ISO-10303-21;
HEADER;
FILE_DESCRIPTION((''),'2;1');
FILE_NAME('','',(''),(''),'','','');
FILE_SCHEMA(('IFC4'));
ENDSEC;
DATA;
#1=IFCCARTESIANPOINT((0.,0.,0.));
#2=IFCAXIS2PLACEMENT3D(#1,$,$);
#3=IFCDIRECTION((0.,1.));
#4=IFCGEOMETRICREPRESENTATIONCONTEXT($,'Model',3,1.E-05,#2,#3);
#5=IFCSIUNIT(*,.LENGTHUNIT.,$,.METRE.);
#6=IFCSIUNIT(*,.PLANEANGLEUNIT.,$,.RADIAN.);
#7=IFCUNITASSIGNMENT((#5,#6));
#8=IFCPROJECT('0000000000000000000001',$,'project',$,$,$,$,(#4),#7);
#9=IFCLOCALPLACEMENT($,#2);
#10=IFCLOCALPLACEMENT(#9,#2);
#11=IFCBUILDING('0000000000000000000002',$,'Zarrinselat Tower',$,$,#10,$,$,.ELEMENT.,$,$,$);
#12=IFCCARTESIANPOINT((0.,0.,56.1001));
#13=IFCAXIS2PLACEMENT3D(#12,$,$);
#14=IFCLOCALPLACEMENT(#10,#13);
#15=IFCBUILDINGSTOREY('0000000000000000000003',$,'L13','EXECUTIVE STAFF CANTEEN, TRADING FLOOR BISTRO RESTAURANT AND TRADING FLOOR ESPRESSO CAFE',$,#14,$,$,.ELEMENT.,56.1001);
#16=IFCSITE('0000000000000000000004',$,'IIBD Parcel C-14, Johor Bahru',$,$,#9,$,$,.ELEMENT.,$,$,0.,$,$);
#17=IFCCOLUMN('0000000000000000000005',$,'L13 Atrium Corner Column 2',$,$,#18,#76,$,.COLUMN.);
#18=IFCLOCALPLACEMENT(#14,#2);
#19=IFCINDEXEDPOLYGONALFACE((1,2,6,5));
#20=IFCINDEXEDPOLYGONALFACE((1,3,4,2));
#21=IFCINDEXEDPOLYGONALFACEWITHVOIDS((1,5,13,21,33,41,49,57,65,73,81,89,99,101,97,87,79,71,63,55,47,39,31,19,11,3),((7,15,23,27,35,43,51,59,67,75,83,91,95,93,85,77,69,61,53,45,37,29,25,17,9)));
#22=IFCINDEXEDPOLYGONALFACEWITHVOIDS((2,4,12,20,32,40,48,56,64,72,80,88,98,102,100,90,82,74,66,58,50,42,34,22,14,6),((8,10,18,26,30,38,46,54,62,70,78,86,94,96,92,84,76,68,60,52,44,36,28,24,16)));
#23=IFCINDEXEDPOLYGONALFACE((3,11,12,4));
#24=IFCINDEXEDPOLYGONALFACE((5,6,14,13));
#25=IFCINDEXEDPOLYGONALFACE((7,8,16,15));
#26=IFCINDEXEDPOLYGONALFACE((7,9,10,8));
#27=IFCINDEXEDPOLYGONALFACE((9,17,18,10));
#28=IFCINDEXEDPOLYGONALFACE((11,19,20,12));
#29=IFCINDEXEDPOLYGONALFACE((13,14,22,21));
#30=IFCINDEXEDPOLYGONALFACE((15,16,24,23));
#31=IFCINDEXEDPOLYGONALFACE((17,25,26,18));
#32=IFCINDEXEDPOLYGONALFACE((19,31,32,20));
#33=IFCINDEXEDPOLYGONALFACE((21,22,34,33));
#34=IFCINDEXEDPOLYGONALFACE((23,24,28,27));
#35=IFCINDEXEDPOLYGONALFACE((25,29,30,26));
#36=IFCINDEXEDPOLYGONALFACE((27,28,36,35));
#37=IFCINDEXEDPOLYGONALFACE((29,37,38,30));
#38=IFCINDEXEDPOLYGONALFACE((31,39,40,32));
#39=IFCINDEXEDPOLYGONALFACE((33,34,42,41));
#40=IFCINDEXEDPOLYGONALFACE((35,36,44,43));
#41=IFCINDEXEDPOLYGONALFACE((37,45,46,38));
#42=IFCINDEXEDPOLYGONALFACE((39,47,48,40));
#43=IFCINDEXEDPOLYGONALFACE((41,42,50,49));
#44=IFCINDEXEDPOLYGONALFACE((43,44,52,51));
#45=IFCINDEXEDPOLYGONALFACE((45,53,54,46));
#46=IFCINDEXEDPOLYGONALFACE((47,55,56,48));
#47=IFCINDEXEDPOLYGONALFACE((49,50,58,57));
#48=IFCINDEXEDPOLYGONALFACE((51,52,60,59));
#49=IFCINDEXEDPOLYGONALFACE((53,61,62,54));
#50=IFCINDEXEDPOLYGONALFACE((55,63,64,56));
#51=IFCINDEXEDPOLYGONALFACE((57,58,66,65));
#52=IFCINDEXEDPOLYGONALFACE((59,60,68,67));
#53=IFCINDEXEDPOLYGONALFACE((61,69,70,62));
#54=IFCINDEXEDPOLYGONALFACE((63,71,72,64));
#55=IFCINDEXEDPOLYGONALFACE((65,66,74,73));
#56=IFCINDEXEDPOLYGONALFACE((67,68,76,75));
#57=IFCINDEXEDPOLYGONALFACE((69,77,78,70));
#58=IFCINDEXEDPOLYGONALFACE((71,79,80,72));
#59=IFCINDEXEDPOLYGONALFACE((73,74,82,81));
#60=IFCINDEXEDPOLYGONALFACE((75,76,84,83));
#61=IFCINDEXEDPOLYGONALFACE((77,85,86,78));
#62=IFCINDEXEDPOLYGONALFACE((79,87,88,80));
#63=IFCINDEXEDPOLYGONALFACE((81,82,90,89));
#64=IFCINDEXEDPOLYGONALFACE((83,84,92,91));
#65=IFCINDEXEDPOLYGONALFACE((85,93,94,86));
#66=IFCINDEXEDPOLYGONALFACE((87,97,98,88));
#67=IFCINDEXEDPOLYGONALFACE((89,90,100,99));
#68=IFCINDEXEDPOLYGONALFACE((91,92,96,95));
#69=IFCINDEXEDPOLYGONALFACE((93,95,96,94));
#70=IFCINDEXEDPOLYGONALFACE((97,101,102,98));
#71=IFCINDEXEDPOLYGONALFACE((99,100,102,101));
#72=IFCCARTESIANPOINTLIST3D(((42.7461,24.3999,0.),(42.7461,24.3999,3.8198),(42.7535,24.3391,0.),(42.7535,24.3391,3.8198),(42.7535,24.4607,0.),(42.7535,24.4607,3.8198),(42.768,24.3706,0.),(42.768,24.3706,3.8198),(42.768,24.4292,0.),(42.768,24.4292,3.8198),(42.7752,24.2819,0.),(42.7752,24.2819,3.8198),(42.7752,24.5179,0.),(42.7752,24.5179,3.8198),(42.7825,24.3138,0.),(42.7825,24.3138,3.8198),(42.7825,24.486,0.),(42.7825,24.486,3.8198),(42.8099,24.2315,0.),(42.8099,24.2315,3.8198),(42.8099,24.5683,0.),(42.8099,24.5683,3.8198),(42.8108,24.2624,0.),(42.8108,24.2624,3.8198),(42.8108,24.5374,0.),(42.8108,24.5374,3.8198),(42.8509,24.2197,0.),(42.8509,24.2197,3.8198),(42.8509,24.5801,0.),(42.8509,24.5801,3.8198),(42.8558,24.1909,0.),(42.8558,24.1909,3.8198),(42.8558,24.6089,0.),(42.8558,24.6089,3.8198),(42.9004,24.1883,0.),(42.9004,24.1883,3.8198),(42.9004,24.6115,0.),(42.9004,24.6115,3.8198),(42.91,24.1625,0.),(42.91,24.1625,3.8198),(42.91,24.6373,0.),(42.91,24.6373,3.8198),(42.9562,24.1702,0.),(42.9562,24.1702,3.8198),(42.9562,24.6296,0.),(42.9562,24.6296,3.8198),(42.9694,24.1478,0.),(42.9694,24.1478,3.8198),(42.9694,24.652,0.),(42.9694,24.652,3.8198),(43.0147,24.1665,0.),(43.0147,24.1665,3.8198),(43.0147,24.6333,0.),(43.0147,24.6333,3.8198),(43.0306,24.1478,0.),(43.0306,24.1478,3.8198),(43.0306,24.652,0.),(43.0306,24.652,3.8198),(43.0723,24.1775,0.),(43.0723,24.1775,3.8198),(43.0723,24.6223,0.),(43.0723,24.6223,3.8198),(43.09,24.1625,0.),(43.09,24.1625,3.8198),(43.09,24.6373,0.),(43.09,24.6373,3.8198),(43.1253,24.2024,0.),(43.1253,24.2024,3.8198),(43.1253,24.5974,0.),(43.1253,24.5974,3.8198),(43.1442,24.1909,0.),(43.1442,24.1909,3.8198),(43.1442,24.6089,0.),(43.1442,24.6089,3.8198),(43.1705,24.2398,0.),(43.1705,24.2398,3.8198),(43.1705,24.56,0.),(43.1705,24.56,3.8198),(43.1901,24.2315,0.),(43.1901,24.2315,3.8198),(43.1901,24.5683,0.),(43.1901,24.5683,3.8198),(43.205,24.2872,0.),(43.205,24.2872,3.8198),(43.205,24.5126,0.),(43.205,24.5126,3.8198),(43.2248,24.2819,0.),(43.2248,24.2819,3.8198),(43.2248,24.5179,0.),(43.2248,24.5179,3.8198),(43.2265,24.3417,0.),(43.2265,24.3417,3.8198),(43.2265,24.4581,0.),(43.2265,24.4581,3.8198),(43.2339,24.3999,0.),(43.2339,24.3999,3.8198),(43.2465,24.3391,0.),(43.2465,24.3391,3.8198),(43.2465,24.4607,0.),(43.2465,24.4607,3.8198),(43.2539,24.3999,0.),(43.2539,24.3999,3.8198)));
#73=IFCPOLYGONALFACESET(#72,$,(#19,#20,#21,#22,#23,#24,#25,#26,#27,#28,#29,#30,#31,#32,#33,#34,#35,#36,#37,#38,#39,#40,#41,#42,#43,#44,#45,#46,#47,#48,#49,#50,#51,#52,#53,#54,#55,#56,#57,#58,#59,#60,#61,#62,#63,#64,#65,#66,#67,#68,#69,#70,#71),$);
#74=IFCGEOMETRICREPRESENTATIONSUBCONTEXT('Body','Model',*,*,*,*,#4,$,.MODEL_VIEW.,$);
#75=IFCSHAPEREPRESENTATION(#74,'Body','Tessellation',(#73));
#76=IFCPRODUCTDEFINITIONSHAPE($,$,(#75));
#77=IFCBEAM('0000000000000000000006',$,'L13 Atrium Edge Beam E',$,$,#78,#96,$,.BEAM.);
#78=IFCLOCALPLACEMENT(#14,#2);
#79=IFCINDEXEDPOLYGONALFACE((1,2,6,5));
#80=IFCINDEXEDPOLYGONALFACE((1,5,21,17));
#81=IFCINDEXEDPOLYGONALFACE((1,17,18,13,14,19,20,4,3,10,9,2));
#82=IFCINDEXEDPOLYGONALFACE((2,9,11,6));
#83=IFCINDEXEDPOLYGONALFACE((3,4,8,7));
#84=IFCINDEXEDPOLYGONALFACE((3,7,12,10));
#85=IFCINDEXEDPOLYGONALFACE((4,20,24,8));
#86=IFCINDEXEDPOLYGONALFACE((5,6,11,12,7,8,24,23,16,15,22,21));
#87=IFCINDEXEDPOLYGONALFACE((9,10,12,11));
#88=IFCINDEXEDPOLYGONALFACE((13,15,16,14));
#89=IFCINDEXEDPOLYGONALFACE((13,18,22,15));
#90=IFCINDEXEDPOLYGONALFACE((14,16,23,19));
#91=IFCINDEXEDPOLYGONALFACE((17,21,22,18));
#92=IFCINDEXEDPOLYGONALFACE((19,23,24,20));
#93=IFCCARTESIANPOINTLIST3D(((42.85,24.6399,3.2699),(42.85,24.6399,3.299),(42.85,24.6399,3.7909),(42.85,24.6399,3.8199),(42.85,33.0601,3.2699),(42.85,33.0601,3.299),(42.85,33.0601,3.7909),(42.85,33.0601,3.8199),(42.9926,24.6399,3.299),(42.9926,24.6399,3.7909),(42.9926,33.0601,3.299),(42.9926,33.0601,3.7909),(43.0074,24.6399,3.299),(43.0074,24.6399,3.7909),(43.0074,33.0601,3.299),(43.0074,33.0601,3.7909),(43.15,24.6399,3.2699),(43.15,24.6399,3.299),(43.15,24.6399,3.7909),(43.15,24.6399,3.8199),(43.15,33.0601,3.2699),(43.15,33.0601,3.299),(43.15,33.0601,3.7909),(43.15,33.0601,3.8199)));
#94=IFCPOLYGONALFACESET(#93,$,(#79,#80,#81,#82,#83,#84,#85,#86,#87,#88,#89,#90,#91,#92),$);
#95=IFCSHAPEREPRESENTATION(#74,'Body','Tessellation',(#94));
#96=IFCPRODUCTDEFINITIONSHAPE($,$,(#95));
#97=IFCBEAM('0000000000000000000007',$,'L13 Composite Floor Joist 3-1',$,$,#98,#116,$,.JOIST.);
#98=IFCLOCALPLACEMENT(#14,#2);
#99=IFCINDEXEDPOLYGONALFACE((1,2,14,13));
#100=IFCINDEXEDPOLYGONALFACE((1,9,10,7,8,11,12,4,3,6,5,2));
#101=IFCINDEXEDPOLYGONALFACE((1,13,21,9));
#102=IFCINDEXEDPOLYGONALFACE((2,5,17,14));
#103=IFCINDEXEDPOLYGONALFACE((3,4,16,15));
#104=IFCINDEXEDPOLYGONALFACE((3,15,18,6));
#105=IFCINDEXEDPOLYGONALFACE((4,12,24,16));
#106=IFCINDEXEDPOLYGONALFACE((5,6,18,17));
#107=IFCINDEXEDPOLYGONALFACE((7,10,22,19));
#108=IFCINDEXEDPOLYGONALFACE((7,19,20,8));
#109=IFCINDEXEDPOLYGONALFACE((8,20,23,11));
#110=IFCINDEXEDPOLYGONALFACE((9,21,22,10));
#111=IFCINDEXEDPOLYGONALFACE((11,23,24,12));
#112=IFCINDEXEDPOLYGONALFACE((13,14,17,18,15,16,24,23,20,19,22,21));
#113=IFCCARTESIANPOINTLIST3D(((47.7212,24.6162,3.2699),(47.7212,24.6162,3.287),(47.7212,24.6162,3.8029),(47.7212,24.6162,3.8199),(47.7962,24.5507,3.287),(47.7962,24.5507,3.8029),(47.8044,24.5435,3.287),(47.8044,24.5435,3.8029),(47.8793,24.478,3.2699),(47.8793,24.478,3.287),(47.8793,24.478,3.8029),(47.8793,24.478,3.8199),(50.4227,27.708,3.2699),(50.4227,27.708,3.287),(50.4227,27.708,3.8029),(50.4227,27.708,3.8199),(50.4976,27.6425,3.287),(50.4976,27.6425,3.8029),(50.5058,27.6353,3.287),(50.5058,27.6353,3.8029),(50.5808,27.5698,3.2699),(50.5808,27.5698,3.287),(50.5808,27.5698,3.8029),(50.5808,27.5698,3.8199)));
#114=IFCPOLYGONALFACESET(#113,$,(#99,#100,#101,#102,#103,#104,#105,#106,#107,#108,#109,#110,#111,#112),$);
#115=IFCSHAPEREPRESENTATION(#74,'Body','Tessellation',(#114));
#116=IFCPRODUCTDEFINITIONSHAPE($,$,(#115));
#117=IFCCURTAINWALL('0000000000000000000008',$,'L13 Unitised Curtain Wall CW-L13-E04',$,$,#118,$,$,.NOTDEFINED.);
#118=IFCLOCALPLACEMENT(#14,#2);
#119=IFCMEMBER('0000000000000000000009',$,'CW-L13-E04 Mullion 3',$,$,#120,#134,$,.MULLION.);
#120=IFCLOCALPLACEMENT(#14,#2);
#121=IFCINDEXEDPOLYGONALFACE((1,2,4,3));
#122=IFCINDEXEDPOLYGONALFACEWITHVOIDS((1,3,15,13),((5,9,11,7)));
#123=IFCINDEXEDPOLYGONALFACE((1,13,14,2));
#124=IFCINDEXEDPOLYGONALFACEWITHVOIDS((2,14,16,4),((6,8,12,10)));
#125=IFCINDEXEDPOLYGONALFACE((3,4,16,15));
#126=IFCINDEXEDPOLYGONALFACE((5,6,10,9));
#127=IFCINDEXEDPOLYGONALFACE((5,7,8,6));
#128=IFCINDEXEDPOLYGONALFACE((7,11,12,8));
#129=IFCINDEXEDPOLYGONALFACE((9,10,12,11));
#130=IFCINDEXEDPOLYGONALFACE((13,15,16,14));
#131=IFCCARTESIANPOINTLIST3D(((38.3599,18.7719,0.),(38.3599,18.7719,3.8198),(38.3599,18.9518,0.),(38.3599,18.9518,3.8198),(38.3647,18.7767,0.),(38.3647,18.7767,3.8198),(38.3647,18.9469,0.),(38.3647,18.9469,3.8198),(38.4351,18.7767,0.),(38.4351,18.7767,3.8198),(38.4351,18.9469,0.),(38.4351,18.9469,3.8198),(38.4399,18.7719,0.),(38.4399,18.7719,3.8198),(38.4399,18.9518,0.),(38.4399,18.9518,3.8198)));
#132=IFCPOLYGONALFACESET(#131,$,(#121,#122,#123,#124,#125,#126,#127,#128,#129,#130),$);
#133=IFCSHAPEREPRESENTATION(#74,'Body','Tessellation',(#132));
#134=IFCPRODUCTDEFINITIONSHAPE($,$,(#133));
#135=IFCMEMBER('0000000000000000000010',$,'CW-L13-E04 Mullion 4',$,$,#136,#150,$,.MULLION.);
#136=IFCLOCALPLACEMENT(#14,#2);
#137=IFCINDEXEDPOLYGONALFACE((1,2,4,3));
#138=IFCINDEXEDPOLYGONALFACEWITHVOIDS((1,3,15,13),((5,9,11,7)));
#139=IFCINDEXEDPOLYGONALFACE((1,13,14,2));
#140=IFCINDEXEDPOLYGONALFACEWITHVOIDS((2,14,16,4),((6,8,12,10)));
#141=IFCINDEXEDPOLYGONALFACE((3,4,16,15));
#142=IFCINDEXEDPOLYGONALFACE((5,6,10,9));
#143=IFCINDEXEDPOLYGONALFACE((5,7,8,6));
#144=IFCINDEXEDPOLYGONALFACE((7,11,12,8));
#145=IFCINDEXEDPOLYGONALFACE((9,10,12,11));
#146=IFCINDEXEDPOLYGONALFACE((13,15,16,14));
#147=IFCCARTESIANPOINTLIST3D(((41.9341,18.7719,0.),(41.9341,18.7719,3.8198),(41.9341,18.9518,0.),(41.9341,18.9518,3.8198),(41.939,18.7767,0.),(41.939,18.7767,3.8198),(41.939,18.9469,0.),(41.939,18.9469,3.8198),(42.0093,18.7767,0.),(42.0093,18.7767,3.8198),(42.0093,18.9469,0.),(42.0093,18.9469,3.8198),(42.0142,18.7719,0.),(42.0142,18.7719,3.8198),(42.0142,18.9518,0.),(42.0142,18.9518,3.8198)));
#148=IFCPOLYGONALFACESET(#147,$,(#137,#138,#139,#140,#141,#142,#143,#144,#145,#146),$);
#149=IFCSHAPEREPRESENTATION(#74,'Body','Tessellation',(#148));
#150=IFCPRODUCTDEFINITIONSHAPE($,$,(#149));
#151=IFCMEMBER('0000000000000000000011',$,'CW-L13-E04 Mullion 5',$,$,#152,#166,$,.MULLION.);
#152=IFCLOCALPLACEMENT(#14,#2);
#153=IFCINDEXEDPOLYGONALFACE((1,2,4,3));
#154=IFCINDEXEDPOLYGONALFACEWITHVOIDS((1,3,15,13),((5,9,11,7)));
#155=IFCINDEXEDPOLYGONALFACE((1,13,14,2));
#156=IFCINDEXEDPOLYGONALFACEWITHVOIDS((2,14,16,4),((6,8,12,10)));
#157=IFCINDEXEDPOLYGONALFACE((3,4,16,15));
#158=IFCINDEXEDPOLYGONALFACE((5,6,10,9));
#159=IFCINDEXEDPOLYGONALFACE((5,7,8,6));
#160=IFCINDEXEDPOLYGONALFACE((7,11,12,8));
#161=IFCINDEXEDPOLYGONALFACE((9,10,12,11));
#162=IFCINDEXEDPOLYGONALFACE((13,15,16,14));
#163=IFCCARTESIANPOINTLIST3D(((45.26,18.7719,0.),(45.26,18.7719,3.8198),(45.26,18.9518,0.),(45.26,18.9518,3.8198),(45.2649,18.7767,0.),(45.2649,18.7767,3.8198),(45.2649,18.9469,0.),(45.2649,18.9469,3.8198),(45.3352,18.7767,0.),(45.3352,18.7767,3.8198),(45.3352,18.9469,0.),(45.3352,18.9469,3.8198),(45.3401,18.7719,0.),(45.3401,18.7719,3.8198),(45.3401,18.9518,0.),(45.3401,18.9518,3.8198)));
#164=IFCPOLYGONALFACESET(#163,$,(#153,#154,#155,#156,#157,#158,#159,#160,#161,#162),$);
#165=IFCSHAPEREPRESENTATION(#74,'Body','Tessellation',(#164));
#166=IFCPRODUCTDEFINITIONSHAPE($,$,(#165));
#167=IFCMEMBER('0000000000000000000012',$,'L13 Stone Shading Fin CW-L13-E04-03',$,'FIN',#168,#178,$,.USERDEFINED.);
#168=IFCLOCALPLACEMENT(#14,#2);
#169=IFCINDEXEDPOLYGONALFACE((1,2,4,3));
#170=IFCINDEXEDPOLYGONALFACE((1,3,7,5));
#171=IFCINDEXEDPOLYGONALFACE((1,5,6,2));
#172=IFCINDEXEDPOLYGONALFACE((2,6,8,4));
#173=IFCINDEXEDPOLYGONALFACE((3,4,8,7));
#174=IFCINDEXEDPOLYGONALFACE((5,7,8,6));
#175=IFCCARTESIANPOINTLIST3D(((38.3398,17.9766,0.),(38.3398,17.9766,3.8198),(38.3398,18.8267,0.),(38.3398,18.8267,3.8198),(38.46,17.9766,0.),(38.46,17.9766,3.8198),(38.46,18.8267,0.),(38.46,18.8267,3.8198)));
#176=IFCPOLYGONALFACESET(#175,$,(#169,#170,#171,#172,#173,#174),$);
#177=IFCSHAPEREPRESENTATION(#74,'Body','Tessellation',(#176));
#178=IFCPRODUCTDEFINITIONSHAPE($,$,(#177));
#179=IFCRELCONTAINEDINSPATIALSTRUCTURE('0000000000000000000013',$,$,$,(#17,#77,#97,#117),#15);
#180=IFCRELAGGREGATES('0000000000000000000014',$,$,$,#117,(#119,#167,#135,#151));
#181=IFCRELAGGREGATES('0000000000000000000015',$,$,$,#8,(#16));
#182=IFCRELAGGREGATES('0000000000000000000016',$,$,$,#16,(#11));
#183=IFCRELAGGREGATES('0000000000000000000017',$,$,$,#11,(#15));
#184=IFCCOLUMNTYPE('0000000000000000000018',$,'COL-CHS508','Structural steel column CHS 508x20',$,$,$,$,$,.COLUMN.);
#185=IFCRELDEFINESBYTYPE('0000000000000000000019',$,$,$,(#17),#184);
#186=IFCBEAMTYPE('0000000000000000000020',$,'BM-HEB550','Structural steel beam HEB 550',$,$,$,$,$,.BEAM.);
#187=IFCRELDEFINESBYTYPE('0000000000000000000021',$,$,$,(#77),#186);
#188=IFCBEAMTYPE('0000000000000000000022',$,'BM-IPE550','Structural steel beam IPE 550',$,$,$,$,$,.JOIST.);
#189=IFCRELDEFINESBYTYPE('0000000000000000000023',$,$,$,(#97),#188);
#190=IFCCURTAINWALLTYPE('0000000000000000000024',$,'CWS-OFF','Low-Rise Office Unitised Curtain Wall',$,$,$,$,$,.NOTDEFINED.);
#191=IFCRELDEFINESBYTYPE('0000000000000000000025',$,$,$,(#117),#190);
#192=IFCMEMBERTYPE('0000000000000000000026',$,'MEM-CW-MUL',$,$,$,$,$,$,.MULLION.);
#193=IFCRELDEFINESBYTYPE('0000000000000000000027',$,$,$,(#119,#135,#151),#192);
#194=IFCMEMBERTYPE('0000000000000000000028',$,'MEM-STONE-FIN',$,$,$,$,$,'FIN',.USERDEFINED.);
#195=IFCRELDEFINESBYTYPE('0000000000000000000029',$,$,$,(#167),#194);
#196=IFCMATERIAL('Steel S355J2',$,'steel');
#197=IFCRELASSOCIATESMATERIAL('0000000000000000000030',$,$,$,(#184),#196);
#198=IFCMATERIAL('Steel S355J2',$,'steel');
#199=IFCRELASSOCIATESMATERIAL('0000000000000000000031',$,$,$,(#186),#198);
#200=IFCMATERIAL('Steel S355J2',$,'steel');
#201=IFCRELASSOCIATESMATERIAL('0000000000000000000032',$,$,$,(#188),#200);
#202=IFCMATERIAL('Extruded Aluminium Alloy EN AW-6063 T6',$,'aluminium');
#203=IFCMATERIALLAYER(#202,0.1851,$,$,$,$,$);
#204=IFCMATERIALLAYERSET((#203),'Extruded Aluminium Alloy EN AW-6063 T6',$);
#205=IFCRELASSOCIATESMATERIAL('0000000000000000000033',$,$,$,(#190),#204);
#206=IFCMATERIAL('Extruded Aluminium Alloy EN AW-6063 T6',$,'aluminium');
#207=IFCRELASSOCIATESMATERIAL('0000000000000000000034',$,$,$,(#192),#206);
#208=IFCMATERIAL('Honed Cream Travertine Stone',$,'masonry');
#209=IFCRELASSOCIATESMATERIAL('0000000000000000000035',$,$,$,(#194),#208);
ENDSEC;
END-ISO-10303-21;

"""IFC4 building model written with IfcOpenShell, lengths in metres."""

from ifc_helpers import new_model, si_unit, direction, frame, origin, origin_2d, place, context, subcontext, project, spatial, rectangle, hollow_rectangle, hollow_circle, i_section, extrude, material, layer, layer_set, material_profile, profile_set, type_object, element, aggregate, save


model = new_model("IFC4")

# Units and contexts
model_context = context("Model", 3, precision=1e-05, world=origin(), true_north=direction((0.0, 1.0)))
body_context = subcontext(model_context, "Body", "Model", "MODEL_VIEW")
ifc_project = project(units=[si_unit("LENGTHUNIT", "METRE"), si_unit("PLANEANGLEUNIT", "RADIAN")], contexts=[model_context])

# Site, building, storey
site_placement = place(None, origin())
site = spatial("IfcSite", under=ifc_project, at=site_placement, Name="IIBD Parcel C-14, Johor Bahru", CompositionType="ELEMENT", RefElevation=0.0)
building_placement = place(site_placement, origin())
building = spatial("IfcBuilding", under=site, at=building_placement, Name="Zarrinselat Tower", CompositionType="ELEMENT")
storey_placement = place(building_placement, frame((0.0, 0.0, 56.1001)))
storey = spatial("IfcBuildingStorey", under=building, at=storey_placement, Name="L13", Description="EXECUTIVE STAFF CANTEEN, TRADING FLOOR BISTRO RESTAURANT AND TRADING FLOOR ESPRESSO CAFE", CompositionType="ELEMENT", Elevation=56.1001)

# Column
ifc_material_1 = material(Name="Steel S355J2", Category="steel")
ifc_material_profile_1 = material_profile(ifc_material_1, hollow_circle(Radius=0.2539, WallThickness=0.02, at=origin_2d()), Name="CHS 508x20")
ifc_profile_set_1 = profile_set([ifc_material_profile_1], Name="Steel S355J2")
column_type = type_object("IfcColumnType", Name="COL-CHS508", Description="Structural steel column CHS 508x20", PredefinedType="COLUMN", material=ifc_profile_set_1)
column_placement = place(storey_placement, frame((43.0, 24.3999, 0.0), z_axis=(0.0, 0.0, 1.0), x_axis=(1.0, 0.0, 0.0)))
element("IfcColumn", 1, at=column_placement, inside=storey, type_object=column_type, Name="L13 Atrium Corner Column 2", PredefinedType="COLUMN", context=body_context, shape_type="SweptSolid", body=[
    extrude(hollow_circle(Radius=0.2539, WallThickness=0.02, at=origin_2d()), origin(), (0.0, 0.0, 1.0), 3.8198),
])

# Beams
ifc_material_2 = material(Name="Steel S355J2", Category="steel")
ifc_material_profile_2 = material_profile(ifc_material_2, i_section(OverallWidth=0.3, OverallDepth=0.55, WebThickness=0.0149, FlangeThickness=0.0291, at=origin_2d()), Name="HEB 550")
ifc_profile_set_2 = profile_set([ifc_material_profile_2], Name="Steel S355J2")
beam_type_1 = type_object("IfcBeamType", Name="BM-HEB550", Description="Structural steel beam HEB 550", PredefinedType="BEAM", material=ifc_profile_set_2)
beam_1_placement = place(storey_placement, frame((43.0, 24.6399, 3.5449), z_axis=(0.0, 1.0, 0.0), x_axis=(-1.0, 0.0, 0.0)))
element("IfcBeam", 2, at=beam_1_placement, inside=storey, type_object=beam_type_1, Name="L13 Atrium Edge Beam E", PredefinedType="BEAM", context=body_context, shape_type="SweptSolid", body=[
    extrude(i_section(OverallWidth=0.3, OverallDepth=0.55, WebThickness=0.0149, FlangeThickness=0.0291, at=origin_2d()), origin(), (0.0, 0.0, 1.0), 8.4202),
])
ifc_material_3 = material(Name="Steel S355J2", Category="steel")
ifc_material_profile_3 = material_profile(ifc_material_3, i_section(OverallWidth=0.21, OverallDepth=0.55, WebThickness=0.011, FlangeThickness=0.0171, at=origin_2d()), Name="IPE 550")
ifc_profile_set_3 = profile_set([ifc_material_profile_3], Name="Steel S355J2")
beam_type_2 = type_object("IfcBeamType", Name="BM-IPE550", Description="Structural steel beam IPE 550", PredefinedType="JOIST", material=ifc_profile_set_3)
beam_2_placement = place(storey_placement, frame((47.8003, 24.5471, 3.5449), z_axis=(0.657966, 0.753048, 0.0), x_axis=(-0.753048, 0.657966, 0.0)))
element("IfcBeam", 3, at=beam_2_placement, inside=storey, type_object=beam_type_2, Name="L13 Composite Floor Joist 3-1", PredefinedType="JOIST", context=body_context, shape_type="SweptSolid", body=[
    extrude(i_section(OverallWidth=0.21, OverallDepth=0.55, WebThickness=0.011, FlangeThickness=0.0171, at=origin_2d()), origin(), (0.0, 0.0, 1.0), 4.1057),
])

# Curtain wall, members
ifc_material_4 = material(Name="Extruded Aluminium Alloy EN AW-6063 T6", Category="aluminium")
ifc_layer_1 = layer(ifc_material_4, 0.1851)
ifc_layer_set_1 = layer_set([ifc_layer_1], Name="Extruded Aluminium Alloy EN AW-6063 T6")
curtain_wall_type = type_object("IfcCurtainWallType", Name="CWS-OFF", Description="Low-Rise Office Unitised Curtain Wall", PredefinedType="NOTDEFINED", material=ifc_layer_set_1)
curtain_wall_placement = place(storey_placement, origin())
curtain_wall = element("IfcCurtainWall", 4, at=curtain_wall_placement, inside=storey, type_object=curtain_wall_type, Name="L13 Unitised Curtain Wall CW-L13-E04", PredefinedType="NOTDEFINED")
ifc_material_5 = material(Name="Extruded Aluminium Alloy EN AW-6063 T6", Category="aluminium")
ifc_material_profile_4 = material_profile(ifc_material_5, hollow_rectangle(XDim=0.0801, YDim=0.1799, WallThickness=0.0049, at=origin_2d()), Name="RHS 180x80x5")
ifc_profile_set_4 = profile_set([ifc_material_profile_4], Name="Extruded Aluminium Alloy EN AW-6063 T6")
member_type_1 = type_object("IfcMemberType", Name="MEM-CW-MUL", PredefinedType="MULLION", material=ifc_profile_set_4)
member_1_placement = place(storey_placement, frame((38.3999, 18.8618, 0.0), z_axis=(0.0, 0.0, 1.0), x_axis=(1.0, 0.0, 0.0)))
member_1 = element("IfcMember", 5, at=member_1_placement, type_object=member_type_1, Name="CW-L13-E04 Mullion 3", PredefinedType="MULLION", context=body_context, shape_type="SweptSolid", body=[
    extrude(hollow_rectangle(XDim=0.0801, YDim=0.1799, WallThickness=0.0049, at=origin_2d()), origin(), (0.0, 0.0, 1.0), 3.8198),
])
member_2_placement = place(storey_placement, frame((41.9741, 18.8618, 0.0), z_axis=(0.0, 0.0, 1.0), x_axis=(1.0, 0.0, 0.0)))
member_2 = element("IfcMember", 6, at=member_2_placement, type_object=member_type_1, Name="CW-L13-E04 Mullion 4", PredefinedType="MULLION", context=body_context, shape_type="SweptSolid", body=[
    extrude(hollow_rectangle(XDim=0.0801, YDim=0.1799, WallThickness=0.0049, at=origin_2d()), origin(), (0.0, 0.0, 1.0), 3.8198),
])
member_3_placement = place(storey_placement, frame((45.3, 18.8618, 0.0), z_axis=(0.0, 0.0, 1.0), x_axis=(1.0, 0.0, 0.0)))
member_3 = element("IfcMember", 7, at=member_3_placement, type_object=member_type_1, Name="CW-L13-E04 Mullion 5", PredefinedType="MULLION", context=body_context, shape_type="SweptSolid", body=[
    extrude(hollow_rectangle(XDim=0.0801, YDim=0.1799, WallThickness=0.0049, at=origin_2d()), origin(), (0.0, 0.0, 1.0), 3.8198),
])
ifc_material_6 = material(Name="Honed Cream Travertine Stone", Category="masonry")
ifc_material_profile_5 = material_profile(ifc_material_6, rectangle(XDim=0.1201, YDim=0.8501, at=origin_2d()), Name="FIN 850x120")
ifc_profile_set_5 = profile_set([ifc_material_profile_5], Name="Honed Cream Travertine Stone")
member_type_2 = type_object("IfcMemberType", Name="MEM-STONE-FIN", ElementType="FIN", PredefinedType="USERDEFINED", material=ifc_profile_set_5)
member_4_placement = place(storey_placement, frame((38.3999, 18.4016, 0.0), z_axis=(0.0, 0.0, 1.0), x_axis=(-1.0, 0.0, 0.0)))
member_4 = element("IfcMember", 8, at=member_4_placement, type_object=member_type_2, Name="L13 Stone Shading Fin CW-L13-E04-03", ObjectType="FIN", PredefinedType="USERDEFINED", context=body_context, shape_type="SweptSolid", body=[
    extrude(rectangle(XDim=0.1201, YDim=0.8501, at=origin_2d()), origin(), (0.0, 0.0, 1.0), 3.8198),
])
aggregate(curtain_wall, [member_1, member_4, member_2, member_3])

save(model, "model.ifc")
